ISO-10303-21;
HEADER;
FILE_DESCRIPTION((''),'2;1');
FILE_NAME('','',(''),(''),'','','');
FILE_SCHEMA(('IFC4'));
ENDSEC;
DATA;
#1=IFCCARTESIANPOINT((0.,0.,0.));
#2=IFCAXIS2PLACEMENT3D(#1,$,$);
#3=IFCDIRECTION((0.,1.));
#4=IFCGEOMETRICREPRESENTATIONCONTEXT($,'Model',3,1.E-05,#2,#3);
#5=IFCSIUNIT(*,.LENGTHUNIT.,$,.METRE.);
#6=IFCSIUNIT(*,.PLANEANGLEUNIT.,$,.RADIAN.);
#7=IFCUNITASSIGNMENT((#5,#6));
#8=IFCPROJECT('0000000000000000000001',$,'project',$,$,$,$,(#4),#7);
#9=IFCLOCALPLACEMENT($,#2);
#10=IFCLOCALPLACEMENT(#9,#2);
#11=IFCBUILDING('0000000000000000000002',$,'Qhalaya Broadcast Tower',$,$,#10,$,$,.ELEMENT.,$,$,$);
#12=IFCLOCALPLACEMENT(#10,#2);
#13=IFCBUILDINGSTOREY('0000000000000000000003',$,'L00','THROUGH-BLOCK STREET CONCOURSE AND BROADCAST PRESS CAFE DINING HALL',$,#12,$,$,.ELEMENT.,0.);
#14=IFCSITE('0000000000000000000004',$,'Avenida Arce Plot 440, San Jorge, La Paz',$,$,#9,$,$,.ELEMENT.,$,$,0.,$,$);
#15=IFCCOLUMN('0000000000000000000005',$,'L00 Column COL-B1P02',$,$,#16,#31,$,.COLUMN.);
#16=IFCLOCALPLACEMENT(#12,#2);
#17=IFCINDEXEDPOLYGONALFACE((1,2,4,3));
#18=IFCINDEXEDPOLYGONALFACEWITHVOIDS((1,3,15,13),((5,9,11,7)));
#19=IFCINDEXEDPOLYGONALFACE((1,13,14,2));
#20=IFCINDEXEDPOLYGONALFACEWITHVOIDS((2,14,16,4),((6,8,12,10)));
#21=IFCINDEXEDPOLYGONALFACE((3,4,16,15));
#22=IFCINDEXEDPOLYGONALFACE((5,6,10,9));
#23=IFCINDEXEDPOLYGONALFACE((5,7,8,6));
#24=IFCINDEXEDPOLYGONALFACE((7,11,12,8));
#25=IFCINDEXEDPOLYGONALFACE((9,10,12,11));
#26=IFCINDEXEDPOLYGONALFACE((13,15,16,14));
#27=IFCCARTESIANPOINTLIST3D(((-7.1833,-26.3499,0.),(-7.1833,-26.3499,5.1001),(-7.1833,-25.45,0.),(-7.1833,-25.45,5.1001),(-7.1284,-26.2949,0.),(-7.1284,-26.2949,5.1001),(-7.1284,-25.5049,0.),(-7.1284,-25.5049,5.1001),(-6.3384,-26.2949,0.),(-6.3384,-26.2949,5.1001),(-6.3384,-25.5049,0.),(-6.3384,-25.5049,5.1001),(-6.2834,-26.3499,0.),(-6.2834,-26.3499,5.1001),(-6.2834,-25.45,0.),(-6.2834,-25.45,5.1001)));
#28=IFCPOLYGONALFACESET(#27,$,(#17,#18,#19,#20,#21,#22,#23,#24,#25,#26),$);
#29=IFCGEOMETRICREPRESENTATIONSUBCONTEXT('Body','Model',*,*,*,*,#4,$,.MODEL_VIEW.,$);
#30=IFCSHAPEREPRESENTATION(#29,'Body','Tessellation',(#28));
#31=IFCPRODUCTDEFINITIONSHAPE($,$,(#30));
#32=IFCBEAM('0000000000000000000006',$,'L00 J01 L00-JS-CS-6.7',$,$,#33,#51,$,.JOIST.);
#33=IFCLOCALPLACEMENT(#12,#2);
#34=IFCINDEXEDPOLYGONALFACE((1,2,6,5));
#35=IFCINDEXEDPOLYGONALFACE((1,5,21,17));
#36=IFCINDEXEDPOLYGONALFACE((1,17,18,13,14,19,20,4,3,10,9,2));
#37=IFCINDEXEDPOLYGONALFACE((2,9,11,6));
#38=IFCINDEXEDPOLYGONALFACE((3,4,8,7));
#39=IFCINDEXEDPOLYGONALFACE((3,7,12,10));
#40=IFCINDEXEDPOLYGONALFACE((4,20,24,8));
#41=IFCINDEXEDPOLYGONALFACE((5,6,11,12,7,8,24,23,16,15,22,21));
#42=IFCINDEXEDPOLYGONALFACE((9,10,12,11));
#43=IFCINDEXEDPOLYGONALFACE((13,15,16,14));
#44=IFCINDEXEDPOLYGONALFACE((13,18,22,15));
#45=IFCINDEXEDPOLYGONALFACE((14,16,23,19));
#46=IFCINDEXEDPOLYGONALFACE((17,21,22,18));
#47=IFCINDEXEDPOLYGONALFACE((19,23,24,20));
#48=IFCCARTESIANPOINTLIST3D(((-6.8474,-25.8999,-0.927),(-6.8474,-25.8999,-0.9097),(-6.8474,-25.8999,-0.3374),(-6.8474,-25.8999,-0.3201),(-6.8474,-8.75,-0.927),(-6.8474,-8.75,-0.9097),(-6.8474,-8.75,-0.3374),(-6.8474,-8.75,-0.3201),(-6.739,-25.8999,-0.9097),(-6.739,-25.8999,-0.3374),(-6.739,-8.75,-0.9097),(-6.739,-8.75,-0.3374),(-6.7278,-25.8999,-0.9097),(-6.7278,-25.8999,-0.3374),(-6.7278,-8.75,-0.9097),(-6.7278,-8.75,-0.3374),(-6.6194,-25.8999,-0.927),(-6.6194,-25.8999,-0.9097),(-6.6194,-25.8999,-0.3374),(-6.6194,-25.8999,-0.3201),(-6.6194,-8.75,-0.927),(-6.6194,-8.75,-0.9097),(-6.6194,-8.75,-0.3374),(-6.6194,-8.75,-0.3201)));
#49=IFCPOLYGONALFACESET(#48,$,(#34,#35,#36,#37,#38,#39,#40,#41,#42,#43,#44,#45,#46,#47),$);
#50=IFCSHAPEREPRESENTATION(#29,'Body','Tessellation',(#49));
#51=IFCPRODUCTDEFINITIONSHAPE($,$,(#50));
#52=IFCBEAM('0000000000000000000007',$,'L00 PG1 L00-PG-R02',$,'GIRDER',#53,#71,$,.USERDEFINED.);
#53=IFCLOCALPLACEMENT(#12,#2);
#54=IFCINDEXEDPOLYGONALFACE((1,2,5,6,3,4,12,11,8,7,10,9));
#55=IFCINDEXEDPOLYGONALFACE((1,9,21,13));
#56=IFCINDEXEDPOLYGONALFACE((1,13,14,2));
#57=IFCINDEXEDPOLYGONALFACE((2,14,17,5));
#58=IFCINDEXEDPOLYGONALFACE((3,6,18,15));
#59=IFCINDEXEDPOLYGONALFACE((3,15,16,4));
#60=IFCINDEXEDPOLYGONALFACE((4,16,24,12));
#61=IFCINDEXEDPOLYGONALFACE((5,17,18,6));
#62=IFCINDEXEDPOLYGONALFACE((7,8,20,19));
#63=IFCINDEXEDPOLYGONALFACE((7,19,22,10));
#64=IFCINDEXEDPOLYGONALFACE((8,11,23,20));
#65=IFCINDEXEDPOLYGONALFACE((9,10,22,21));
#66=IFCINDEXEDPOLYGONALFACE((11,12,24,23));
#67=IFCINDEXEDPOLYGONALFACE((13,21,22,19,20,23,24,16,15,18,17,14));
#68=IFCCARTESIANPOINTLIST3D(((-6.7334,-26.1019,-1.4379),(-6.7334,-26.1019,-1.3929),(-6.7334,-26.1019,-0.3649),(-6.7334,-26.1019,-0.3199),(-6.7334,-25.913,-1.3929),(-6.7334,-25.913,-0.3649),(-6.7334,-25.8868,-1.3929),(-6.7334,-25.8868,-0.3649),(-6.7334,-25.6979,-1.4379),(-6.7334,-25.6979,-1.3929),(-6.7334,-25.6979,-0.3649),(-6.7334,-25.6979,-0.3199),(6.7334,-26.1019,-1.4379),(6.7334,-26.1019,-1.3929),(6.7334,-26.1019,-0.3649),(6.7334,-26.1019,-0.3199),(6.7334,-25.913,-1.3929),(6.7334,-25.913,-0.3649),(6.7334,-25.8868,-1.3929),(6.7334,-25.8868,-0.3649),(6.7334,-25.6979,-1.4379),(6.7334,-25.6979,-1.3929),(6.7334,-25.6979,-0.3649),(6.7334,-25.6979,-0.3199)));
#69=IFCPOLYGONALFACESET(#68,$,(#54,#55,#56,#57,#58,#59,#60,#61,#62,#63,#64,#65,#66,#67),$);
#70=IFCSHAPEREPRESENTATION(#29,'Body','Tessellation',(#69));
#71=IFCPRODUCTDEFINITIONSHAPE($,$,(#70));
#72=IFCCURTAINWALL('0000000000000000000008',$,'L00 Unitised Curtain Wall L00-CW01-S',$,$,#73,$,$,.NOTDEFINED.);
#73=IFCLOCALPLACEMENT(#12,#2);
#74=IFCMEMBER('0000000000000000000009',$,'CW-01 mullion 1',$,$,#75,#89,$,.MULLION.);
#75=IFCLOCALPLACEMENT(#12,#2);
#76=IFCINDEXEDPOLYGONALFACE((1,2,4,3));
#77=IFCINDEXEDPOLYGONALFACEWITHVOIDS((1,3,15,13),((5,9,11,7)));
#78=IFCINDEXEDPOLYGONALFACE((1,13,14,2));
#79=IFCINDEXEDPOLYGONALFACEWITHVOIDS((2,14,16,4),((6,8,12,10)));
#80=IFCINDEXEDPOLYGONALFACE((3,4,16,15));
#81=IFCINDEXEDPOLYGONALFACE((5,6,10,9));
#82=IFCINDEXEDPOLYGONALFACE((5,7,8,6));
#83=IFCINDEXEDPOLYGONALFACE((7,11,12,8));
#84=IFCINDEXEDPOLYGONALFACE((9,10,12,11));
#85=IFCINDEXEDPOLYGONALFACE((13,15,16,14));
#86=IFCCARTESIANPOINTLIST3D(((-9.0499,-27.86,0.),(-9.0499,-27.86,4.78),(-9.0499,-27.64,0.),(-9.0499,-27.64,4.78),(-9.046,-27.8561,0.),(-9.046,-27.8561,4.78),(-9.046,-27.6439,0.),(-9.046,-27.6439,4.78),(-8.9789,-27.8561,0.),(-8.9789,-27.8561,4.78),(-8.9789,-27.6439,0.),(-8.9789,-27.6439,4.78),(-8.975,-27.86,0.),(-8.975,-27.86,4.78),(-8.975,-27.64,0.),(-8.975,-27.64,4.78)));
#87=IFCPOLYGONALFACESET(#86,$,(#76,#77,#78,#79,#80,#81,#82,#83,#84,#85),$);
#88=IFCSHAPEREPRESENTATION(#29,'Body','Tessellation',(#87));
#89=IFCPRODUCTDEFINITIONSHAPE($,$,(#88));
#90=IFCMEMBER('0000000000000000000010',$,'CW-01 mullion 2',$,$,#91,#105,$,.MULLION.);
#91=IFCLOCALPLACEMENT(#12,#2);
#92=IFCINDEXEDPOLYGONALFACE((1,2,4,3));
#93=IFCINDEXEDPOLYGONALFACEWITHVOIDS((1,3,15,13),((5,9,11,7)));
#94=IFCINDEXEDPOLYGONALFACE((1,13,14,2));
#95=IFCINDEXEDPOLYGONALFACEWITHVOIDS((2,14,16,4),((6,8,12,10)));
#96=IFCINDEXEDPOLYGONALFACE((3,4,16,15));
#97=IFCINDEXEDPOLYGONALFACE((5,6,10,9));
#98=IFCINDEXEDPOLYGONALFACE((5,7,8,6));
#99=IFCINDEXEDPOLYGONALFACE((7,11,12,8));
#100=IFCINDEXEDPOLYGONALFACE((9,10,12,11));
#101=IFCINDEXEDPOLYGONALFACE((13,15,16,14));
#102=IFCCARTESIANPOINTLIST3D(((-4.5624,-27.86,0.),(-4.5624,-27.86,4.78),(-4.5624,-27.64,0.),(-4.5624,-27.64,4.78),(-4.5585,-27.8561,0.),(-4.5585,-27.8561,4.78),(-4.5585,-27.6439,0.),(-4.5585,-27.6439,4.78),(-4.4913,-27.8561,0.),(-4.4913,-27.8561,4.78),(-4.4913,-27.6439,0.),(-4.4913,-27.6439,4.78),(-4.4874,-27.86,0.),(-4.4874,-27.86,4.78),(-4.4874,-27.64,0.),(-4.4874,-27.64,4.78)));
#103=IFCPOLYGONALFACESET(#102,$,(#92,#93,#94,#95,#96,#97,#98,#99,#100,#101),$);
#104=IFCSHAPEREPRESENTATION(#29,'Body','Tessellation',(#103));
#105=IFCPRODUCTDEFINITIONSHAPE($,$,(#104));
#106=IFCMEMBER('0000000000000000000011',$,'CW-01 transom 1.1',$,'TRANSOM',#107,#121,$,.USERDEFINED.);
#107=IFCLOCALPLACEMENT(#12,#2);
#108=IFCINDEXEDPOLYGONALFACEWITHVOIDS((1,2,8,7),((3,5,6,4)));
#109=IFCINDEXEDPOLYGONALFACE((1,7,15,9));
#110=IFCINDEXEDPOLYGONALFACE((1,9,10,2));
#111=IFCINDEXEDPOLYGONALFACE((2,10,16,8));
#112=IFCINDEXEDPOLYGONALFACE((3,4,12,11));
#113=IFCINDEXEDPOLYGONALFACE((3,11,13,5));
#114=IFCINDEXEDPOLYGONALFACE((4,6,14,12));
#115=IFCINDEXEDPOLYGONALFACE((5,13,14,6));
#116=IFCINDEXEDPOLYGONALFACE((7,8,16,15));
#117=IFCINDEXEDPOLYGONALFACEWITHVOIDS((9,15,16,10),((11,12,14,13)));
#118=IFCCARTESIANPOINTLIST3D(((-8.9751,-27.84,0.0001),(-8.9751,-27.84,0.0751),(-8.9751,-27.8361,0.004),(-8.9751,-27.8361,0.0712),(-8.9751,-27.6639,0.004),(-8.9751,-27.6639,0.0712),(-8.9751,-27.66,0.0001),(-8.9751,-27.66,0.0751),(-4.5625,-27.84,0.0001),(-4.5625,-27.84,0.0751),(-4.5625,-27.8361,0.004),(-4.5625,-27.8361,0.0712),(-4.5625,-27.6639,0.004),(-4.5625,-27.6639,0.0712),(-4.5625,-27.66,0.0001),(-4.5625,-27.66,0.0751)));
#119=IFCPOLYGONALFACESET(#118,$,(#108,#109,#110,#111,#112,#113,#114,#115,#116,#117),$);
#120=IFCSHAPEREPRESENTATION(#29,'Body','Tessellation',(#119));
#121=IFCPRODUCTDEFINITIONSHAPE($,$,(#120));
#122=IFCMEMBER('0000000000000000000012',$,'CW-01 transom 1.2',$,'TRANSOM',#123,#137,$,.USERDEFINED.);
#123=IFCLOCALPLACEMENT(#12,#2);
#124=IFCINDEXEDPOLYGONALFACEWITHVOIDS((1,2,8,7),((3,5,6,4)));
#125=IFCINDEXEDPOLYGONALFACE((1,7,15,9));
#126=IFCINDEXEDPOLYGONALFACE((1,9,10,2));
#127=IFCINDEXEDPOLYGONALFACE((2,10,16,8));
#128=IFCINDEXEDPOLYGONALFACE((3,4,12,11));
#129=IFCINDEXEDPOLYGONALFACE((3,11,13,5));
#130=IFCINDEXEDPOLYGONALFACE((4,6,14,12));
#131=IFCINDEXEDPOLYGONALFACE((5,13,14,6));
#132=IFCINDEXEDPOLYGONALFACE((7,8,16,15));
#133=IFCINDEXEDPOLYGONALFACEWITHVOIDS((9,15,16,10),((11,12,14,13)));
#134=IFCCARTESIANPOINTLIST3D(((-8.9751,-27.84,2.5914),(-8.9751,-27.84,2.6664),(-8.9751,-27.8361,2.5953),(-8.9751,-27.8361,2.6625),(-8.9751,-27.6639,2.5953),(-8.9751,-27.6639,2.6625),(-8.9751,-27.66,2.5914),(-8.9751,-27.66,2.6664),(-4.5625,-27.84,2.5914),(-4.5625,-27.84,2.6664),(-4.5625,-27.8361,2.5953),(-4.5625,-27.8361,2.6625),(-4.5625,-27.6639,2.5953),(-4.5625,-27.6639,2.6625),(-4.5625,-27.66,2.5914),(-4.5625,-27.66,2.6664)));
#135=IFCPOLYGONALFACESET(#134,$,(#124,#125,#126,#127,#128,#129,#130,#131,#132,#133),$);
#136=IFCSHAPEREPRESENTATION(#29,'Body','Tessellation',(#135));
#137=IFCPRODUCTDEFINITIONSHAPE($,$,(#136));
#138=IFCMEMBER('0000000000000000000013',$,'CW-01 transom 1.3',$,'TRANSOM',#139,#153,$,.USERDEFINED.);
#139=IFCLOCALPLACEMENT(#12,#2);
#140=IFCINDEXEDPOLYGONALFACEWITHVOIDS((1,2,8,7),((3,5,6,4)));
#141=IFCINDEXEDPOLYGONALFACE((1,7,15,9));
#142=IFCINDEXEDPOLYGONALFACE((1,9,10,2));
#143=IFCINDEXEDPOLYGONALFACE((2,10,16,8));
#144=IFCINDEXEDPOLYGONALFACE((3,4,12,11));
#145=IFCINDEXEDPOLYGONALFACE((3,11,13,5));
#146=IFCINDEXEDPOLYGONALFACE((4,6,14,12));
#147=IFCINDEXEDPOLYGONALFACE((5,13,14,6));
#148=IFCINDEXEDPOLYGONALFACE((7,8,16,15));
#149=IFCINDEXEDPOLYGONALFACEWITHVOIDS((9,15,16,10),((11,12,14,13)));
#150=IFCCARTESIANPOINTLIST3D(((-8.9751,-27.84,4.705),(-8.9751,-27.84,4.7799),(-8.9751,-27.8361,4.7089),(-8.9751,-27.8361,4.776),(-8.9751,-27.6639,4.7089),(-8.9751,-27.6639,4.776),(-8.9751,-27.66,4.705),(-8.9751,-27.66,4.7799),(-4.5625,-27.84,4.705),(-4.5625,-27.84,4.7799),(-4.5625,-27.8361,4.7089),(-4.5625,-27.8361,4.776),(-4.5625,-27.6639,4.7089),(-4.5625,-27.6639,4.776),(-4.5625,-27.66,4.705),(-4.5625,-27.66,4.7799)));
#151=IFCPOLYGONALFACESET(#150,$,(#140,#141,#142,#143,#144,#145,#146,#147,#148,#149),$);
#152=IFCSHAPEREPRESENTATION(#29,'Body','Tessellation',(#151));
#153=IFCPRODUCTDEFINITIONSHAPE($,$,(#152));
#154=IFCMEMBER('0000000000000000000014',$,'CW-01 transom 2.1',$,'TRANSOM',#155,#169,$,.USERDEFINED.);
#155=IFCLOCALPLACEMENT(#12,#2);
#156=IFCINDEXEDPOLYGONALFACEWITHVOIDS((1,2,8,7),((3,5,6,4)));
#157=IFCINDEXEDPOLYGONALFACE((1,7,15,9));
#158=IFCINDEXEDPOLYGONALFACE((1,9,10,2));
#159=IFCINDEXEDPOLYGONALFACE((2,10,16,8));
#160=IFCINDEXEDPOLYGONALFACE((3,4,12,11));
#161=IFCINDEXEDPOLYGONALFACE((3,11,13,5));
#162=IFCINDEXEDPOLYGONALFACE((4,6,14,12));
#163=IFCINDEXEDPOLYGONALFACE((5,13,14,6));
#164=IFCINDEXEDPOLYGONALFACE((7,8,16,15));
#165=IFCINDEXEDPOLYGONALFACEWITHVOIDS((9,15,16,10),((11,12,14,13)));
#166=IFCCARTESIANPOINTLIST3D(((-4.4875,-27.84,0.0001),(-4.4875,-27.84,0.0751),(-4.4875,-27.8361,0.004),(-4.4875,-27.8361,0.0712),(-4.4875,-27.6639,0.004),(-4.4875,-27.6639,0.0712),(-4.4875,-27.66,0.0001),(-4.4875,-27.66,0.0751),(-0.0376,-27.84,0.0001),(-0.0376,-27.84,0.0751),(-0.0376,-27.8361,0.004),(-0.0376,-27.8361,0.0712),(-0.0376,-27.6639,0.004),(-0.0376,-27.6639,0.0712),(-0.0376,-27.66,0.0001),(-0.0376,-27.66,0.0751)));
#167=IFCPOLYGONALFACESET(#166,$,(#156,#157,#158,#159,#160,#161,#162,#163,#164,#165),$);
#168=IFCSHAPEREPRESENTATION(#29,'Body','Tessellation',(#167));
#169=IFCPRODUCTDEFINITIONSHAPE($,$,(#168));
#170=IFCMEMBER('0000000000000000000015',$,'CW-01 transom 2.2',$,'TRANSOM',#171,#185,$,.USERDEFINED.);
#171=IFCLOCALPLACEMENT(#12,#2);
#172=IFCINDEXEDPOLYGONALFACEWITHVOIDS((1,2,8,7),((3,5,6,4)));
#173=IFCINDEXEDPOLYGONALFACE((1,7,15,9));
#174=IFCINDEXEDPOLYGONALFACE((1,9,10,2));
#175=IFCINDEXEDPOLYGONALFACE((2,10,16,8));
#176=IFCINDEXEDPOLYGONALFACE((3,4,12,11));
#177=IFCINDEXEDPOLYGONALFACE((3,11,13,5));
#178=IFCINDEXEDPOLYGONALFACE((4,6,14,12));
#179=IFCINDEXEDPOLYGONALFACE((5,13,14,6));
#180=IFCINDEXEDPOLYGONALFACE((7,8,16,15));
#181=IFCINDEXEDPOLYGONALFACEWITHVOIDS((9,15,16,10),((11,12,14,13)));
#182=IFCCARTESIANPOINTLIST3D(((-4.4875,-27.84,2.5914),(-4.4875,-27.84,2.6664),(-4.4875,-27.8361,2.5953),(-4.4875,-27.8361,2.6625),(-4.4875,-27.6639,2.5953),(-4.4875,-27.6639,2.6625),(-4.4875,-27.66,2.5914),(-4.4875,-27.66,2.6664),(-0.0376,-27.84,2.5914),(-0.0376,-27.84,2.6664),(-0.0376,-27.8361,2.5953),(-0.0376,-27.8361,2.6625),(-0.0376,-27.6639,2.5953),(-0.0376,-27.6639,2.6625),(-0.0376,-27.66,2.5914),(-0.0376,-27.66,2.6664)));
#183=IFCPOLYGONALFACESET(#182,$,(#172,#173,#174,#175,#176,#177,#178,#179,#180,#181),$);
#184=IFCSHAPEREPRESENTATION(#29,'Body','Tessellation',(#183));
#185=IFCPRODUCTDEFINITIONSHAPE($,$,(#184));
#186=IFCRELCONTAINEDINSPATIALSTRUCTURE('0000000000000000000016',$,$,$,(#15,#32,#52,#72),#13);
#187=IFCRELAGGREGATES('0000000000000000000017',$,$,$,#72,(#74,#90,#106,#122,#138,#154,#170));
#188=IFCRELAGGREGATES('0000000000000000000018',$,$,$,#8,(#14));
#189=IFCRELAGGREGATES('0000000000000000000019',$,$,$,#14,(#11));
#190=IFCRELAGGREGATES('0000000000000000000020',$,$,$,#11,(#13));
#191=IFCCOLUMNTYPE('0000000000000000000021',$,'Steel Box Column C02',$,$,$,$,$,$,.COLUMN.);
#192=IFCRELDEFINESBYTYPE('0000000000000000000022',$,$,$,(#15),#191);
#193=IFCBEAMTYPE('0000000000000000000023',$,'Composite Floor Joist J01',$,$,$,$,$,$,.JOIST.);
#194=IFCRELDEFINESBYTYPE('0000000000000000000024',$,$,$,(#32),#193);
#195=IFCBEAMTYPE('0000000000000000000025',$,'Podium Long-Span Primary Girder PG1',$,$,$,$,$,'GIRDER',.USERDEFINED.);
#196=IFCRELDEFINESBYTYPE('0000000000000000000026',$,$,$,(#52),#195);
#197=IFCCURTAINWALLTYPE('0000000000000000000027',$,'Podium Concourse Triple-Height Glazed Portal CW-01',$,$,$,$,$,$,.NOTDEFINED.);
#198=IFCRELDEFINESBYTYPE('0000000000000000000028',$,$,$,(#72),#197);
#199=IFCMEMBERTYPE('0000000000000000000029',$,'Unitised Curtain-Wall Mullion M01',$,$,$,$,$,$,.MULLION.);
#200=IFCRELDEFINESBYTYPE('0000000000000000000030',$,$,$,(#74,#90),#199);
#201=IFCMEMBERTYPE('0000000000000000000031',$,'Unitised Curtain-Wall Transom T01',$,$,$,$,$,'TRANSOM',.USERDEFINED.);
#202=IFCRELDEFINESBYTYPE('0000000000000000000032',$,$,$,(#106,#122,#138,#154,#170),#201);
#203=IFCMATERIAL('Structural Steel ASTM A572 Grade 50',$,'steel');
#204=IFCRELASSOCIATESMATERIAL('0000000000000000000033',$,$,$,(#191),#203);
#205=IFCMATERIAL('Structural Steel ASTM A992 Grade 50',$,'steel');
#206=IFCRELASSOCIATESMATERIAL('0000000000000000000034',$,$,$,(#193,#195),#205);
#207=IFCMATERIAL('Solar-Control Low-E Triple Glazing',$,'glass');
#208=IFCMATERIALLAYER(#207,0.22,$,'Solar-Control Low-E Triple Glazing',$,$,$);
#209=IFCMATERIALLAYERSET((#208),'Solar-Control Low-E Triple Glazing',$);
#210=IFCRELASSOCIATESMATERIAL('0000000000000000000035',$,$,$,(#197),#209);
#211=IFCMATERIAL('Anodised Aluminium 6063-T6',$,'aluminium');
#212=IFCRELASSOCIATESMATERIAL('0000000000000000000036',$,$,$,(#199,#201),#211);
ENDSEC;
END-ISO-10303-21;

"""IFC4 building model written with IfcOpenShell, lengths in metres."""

from ifc_helpers import new_model, si_unit, direction, frame, origin, origin_2d, place, context, subcontext, project, spatial, hollow_rectangle, i_section, extrude, material, layer, layer_set, material_profile, profile_set, type_object, element, aggregate, save


model = new_model("IFC4")

# Units and contexts
model_context = context("Model", 3, precision=1e-05, world=origin(), true_north=direction((0.0, 1.0)))
body_context = subcontext(model_context, "Body", "Model", "MODEL_VIEW")
ifc_project = project(units=[si_unit("LENGTHUNIT", "METRE"), si_unit("PLANEANGLEUNIT", "RADIAN")], contexts=[model_context])

# Site, building, storey
site_placement = place(None, origin())
site = spatial("IfcSite", under=ifc_project, at=site_placement, Name="Avenida Arce Plot 440, San Jorge, La Paz", CompositionType="ELEMENT", RefElevation=0.0)
building_placement = place(site_placement, origin())
building = spatial("IfcBuilding", under=site, at=building_placement, Name="Qhalaya Broadcast Tower", CompositionType="ELEMENT")
storey_placement = place(building_placement, origin())
storey = spatial("IfcBuildingStorey", under=building, at=storey_placement, Name="L00", Description="THROUGH-BLOCK STREET CONCOURSE AND BROADCAST PRESS CAFE DINING HALL", CompositionType="ELEMENT", Elevation=0.0)

# Column
ifc_material_1 = material(Name="Structural Steel ASTM A572 Grade 50", Category="steel")
ifc_material_profile_1 = material_profile(ifc_material_1, hollow_rectangle(XDim=0.8999, YDim=0.8999, WallThickness=0.0549, at=origin_2d()), Name="BOX 900x900x55")
ifc_profile_set_1 = profile_set([ifc_material_profile_1], Name="Structural Steel ASTM A572 Grade 50")
column_type = type_object("IfcColumnType", Name="Steel Box Column C02", PredefinedType="COLUMN", material=ifc_profile_set_1)
column_placement = place(storey_placement, frame((-6.7334, -25.8999, 0.0), z_axis=(0.0, 0.0, 1.0), x_axis=(1.0, 0.0, 0.0)))
element("IfcColumn", 1, at=column_placement, inside=storey, type_object=column_type, Name="L00 Column COL-B1P02", PredefinedType="COLUMN", context=body_context, shape_type="SweptSolid", body=[
    extrude(hollow_rectangle(XDim=0.8999, YDim=0.8999, WallThickness=0.0549, at=origin_2d()), origin(), (0.0, 0.0, 1.0), 5.1001),
])

# Beams
ifc_material_2 = material(Name="Structural Steel ASTM A992 Grade 50", Category="steel")
ifc_material_profile_2 = material_profile(ifc_material_2, i_section(OverallWidth=0.228, OverallDepth=0.6069, WebThickness=0.0112, FlangeThickness=0.0173, at=origin_2d()), Name="W24X76")
ifc_profile_set_2 = profile_set([ifc_material_profile_2], Name="Structural Steel ASTM A992 Grade 50")
beam_type_1 = type_object("IfcBeamType", Name="Composite Floor Joist J01", PredefinedType="JOIST", material=ifc_profile_set_2)
beam_1_placement = place(storey_placement, frame((-6.7334, -25.8999, -0.6235), z_axis=(0.0, 1.0, 0.0), x_axis=(-1.0, 0.0, 0.0)))
element("IfcBeam", 2, at=beam_1_placement, inside=storey, type_object=beam_type_1, Name="L00 J01 L00-JS-CS-6.7", PredefinedType="JOIST", context=body_context, shape_type="SweptSolid", body=[
    extrude(i_section(OverallWidth=0.228, OverallDepth=0.6069, WebThickness=0.0112, FlangeThickness=0.0173, at=origin_2d()), origin(), (0.0, 0.0, 1.0), 17.1499),
])
ifc_material_profile_3 = material_profile(ifc_material_2, i_section(OverallWidth=0.4041, OverallDepth=1.1179, WebThickness=0.0261, FlangeThickness=0.0449, at=origin_2d()), Name="W44X335")
ifc_profile_set_3 = profile_set([ifc_material_profile_3], Name="Structural Steel ASTM A992 Grade 50")
beam_type_2 = type_object("IfcBeamType", Name="Podium Long-Span Primary Girder PG1", ElementType="GIRDER", PredefinedType="USERDEFINED", material=ifc_profile_set_3)
beam_2_placement = place(storey_placement, frame((-6.7334, -25.8999, -0.8789), z_axis=(1.0, 0.0, 0.0), x_axis=(0.0, 1.0, 0.0)))
element("IfcBeam", 3, at=beam_2_placement, inside=storey, type_object=beam_type_2, Name="L00 PG1 L00-PG-R02", ObjectType="GIRDER", PredefinedType="USERDEFINED", context=body_context, shape_type="SweptSolid", body=[
    extrude(i_section(OverallWidth=0.4041, OverallDepth=1.1179, WebThickness=0.0261, FlangeThickness=0.0449, at=origin_2d()), origin(), (0.0, 0.0, 1.0), 13.4668),
])

# Curtain wall, members
ifc_material_3 = material(Name="Solar-Control Low-E Triple Glazing", Category="glass")
ifc_layer_1 = layer(ifc_material_3, 0.22, Name="Solar-Control Low-E Triple Glazing")
ifc_layer_set_1 = layer_set([ifc_layer_1], Name="Solar-Control Low-E Triple Glazing")
curtain_wall_type = type_object("IfcCurtainWallType", Name="Podium Concourse Triple-Height Glazed Portal CW-01", PredefinedType="NOTDEFINED", material=ifc_layer_set_1)
curtain_wall_placement = place(storey_placement, origin())
curtain_wall = element("IfcCurtainWall", 4, at=curtain_wall_placement, inside=storey, type_object=curtain_wall_type, Name="L00 Unitised Curtain Wall L00-CW01-S", PredefinedType="NOTDEFINED")
ifc_material_4 = material(Name="Anodised Aluminium 6063-T6", Category="aluminium")
ifc_material_profile_4 = material_profile(ifc_material_4, hollow_rectangle(XDim=0.075, YDim=0.22, WallThickness=0.0039, at=origin_2d()), Name="ALU-MUL 75x220x4")
ifc_profile_set_4 = profile_set([ifc_material_profile_4], Name="Anodised Aluminium 6063-T6")
member_type_1 = type_object("IfcMemberType", Name="Unitised Curtain-Wall Mullion M01", PredefinedType="MULLION", material=ifc_profile_set_4)
member_1_placement = place(storey_placement, frame((-9.0125, -27.75, 0.0), z_axis=(0.0, 0.0, 1.0), x_axis=(1.0, 0.0, 0.0)))
member_1 = element("IfcMember", 5, at=member_1_placement, type_object=member_type_1, Name="CW-01 mullion 1", PredefinedType="MULLION", context=body_context, shape_type="SweptSolid", body=[
    extrude(hollow_rectangle(XDim=0.075, YDim=0.22, WallThickness=0.0039, at=origin_2d()), origin(), (0.0, 0.0, 1.0), 4.78),
])
member_2_placement = place(storey_placement, frame((-4.5249, -27.75, 0.0), z_axis=(0.0, 0.0, 1.0), x_axis=(1.0, 0.0, 0.0)))
member_2 = element("IfcMember", 6, at=member_2_placement, type_object=member_type_1, Name="CW-01 mullion 2", PredefinedType="MULLION", context=body_context, shape_type="SweptSolid", body=[
    extrude(hollow_rectangle(XDim=0.075, YDim=0.22, WallThickness=0.0039, at=origin_2d()), origin(), (0.0, 0.0, 1.0), 4.78),
])
ifc_material_profile_5 = material_profile(ifc_material_4, hollow_rectangle(XDim=0.075, YDim=0.1799, WallThickness=0.0039, at=origin_2d()), Name="ALU-TRN 75x180x4")
ifc_profile_set_5 = profile_set([ifc_material_profile_5], Name="Anodised Aluminium 6063-T6")
member_type_2 = type_object("IfcMemberType", Name="Unitised Curtain-Wall Transom T01", ElementType="TRANSOM", PredefinedType="USERDEFINED", material=ifc_profile_set_5)
member_3_placement = place(storey_placement, frame((-8.9751, -27.75, 0.0376), z_axis=(1.0, 0.0, 0.0), x_axis=(0.0, 0.0, 1.0)))
member_3 = element("IfcMember", 7, at=member_3_placement, type_object=member_type_2, Name="CW-01 transom 1.1", ObjectType="TRANSOM", PredefinedType="USERDEFINED", context=body_context, shape_type="SweptSolid", body=[
    extrude(hollow_rectangle(XDim=0.075, YDim=0.1799, WallThickness=0.0039, at=origin_2d()), origin(), (0.0, 0.0, 1.0), 4.4126),
])
member_4_placement = place(storey_placement, frame((-8.9751, -27.75, 2.6289), z_axis=(1.0, 0.0, 0.0), x_axis=(0.0, 0.0, 1.0)))
member_4 = element("IfcMember", 8, at=member_4_placement, type_object=member_type_2, Name="CW-01 transom 1.2", ObjectType="TRANSOM", PredefinedType="USERDEFINED", context=body_context, shape_type="SweptSolid", body=[
    extrude(hollow_rectangle(XDim=0.075, YDim=0.1799, WallThickness=0.0039, at=origin_2d()), origin(), (0.0, 0.0, 1.0), 4.4126),
])
member_5_placement = place(storey_placement, frame((-8.9751, -27.75, 4.7424), z_axis=(1.0, 0.0, 0.0), x_axis=(0.0, 0.0, 1.0)))
member_5 = element("IfcMember", 9, at=member_5_placement, type_object=member_type_2, Name="CW-01 transom 1.3", ObjectType="TRANSOM", PredefinedType="USERDEFINED", context=body_context, shape_type="SweptSolid", body=[
    extrude(hollow_rectangle(XDim=0.075, YDim=0.1799, WallThickness=0.0039, at=origin_2d()), origin(), (0.0, 0.0, 1.0), 4.4126),
])
member_6_placement = place(storey_placement, frame((-4.4875, -27.75, 0.0376), z_axis=(1.0, 0.0, 0.0), x_axis=(0.0, 0.0, 1.0)))
member_6 = element("IfcMember", 10, at=member_6_placement, type_object=member_type_2, Name="CW-01 transom 2.1", ObjectType="TRANSOM", PredefinedType="USERDEFINED", context=body_context, shape_type="SweptSolid", body=[
    extrude(hollow_rectangle(XDim=0.075, YDim=0.1799, WallThickness=0.0039, at=origin_2d()), origin(), (0.0, 0.0, 1.0), 4.45),
])
member_7_placement = place(storey_placement, frame((-4.4875, -27.75, 2.6289), z_axis=(1.0, 0.0, 0.0), x_axis=(0.0, 0.0, 1.0)))
member_7 = element("IfcMember", 11, at=member_7_placement, type_object=member_type_2, Name="CW-01 transom 2.2", ObjectType="TRANSOM", PredefinedType="USERDEFINED", context=body_context, shape_type="SweptSolid", body=[
    extrude(hollow_rectangle(XDim=0.075, YDim=0.1799, WallThickness=0.0039, at=origin_2d()), origin(), (0.0, 0.0, 1.0), 4.45),
])
aggregate(curtain_wall, [member_1, member_2, member_3, member_4, member_5, member_6, member_7])

save(model, "model.ifc")
